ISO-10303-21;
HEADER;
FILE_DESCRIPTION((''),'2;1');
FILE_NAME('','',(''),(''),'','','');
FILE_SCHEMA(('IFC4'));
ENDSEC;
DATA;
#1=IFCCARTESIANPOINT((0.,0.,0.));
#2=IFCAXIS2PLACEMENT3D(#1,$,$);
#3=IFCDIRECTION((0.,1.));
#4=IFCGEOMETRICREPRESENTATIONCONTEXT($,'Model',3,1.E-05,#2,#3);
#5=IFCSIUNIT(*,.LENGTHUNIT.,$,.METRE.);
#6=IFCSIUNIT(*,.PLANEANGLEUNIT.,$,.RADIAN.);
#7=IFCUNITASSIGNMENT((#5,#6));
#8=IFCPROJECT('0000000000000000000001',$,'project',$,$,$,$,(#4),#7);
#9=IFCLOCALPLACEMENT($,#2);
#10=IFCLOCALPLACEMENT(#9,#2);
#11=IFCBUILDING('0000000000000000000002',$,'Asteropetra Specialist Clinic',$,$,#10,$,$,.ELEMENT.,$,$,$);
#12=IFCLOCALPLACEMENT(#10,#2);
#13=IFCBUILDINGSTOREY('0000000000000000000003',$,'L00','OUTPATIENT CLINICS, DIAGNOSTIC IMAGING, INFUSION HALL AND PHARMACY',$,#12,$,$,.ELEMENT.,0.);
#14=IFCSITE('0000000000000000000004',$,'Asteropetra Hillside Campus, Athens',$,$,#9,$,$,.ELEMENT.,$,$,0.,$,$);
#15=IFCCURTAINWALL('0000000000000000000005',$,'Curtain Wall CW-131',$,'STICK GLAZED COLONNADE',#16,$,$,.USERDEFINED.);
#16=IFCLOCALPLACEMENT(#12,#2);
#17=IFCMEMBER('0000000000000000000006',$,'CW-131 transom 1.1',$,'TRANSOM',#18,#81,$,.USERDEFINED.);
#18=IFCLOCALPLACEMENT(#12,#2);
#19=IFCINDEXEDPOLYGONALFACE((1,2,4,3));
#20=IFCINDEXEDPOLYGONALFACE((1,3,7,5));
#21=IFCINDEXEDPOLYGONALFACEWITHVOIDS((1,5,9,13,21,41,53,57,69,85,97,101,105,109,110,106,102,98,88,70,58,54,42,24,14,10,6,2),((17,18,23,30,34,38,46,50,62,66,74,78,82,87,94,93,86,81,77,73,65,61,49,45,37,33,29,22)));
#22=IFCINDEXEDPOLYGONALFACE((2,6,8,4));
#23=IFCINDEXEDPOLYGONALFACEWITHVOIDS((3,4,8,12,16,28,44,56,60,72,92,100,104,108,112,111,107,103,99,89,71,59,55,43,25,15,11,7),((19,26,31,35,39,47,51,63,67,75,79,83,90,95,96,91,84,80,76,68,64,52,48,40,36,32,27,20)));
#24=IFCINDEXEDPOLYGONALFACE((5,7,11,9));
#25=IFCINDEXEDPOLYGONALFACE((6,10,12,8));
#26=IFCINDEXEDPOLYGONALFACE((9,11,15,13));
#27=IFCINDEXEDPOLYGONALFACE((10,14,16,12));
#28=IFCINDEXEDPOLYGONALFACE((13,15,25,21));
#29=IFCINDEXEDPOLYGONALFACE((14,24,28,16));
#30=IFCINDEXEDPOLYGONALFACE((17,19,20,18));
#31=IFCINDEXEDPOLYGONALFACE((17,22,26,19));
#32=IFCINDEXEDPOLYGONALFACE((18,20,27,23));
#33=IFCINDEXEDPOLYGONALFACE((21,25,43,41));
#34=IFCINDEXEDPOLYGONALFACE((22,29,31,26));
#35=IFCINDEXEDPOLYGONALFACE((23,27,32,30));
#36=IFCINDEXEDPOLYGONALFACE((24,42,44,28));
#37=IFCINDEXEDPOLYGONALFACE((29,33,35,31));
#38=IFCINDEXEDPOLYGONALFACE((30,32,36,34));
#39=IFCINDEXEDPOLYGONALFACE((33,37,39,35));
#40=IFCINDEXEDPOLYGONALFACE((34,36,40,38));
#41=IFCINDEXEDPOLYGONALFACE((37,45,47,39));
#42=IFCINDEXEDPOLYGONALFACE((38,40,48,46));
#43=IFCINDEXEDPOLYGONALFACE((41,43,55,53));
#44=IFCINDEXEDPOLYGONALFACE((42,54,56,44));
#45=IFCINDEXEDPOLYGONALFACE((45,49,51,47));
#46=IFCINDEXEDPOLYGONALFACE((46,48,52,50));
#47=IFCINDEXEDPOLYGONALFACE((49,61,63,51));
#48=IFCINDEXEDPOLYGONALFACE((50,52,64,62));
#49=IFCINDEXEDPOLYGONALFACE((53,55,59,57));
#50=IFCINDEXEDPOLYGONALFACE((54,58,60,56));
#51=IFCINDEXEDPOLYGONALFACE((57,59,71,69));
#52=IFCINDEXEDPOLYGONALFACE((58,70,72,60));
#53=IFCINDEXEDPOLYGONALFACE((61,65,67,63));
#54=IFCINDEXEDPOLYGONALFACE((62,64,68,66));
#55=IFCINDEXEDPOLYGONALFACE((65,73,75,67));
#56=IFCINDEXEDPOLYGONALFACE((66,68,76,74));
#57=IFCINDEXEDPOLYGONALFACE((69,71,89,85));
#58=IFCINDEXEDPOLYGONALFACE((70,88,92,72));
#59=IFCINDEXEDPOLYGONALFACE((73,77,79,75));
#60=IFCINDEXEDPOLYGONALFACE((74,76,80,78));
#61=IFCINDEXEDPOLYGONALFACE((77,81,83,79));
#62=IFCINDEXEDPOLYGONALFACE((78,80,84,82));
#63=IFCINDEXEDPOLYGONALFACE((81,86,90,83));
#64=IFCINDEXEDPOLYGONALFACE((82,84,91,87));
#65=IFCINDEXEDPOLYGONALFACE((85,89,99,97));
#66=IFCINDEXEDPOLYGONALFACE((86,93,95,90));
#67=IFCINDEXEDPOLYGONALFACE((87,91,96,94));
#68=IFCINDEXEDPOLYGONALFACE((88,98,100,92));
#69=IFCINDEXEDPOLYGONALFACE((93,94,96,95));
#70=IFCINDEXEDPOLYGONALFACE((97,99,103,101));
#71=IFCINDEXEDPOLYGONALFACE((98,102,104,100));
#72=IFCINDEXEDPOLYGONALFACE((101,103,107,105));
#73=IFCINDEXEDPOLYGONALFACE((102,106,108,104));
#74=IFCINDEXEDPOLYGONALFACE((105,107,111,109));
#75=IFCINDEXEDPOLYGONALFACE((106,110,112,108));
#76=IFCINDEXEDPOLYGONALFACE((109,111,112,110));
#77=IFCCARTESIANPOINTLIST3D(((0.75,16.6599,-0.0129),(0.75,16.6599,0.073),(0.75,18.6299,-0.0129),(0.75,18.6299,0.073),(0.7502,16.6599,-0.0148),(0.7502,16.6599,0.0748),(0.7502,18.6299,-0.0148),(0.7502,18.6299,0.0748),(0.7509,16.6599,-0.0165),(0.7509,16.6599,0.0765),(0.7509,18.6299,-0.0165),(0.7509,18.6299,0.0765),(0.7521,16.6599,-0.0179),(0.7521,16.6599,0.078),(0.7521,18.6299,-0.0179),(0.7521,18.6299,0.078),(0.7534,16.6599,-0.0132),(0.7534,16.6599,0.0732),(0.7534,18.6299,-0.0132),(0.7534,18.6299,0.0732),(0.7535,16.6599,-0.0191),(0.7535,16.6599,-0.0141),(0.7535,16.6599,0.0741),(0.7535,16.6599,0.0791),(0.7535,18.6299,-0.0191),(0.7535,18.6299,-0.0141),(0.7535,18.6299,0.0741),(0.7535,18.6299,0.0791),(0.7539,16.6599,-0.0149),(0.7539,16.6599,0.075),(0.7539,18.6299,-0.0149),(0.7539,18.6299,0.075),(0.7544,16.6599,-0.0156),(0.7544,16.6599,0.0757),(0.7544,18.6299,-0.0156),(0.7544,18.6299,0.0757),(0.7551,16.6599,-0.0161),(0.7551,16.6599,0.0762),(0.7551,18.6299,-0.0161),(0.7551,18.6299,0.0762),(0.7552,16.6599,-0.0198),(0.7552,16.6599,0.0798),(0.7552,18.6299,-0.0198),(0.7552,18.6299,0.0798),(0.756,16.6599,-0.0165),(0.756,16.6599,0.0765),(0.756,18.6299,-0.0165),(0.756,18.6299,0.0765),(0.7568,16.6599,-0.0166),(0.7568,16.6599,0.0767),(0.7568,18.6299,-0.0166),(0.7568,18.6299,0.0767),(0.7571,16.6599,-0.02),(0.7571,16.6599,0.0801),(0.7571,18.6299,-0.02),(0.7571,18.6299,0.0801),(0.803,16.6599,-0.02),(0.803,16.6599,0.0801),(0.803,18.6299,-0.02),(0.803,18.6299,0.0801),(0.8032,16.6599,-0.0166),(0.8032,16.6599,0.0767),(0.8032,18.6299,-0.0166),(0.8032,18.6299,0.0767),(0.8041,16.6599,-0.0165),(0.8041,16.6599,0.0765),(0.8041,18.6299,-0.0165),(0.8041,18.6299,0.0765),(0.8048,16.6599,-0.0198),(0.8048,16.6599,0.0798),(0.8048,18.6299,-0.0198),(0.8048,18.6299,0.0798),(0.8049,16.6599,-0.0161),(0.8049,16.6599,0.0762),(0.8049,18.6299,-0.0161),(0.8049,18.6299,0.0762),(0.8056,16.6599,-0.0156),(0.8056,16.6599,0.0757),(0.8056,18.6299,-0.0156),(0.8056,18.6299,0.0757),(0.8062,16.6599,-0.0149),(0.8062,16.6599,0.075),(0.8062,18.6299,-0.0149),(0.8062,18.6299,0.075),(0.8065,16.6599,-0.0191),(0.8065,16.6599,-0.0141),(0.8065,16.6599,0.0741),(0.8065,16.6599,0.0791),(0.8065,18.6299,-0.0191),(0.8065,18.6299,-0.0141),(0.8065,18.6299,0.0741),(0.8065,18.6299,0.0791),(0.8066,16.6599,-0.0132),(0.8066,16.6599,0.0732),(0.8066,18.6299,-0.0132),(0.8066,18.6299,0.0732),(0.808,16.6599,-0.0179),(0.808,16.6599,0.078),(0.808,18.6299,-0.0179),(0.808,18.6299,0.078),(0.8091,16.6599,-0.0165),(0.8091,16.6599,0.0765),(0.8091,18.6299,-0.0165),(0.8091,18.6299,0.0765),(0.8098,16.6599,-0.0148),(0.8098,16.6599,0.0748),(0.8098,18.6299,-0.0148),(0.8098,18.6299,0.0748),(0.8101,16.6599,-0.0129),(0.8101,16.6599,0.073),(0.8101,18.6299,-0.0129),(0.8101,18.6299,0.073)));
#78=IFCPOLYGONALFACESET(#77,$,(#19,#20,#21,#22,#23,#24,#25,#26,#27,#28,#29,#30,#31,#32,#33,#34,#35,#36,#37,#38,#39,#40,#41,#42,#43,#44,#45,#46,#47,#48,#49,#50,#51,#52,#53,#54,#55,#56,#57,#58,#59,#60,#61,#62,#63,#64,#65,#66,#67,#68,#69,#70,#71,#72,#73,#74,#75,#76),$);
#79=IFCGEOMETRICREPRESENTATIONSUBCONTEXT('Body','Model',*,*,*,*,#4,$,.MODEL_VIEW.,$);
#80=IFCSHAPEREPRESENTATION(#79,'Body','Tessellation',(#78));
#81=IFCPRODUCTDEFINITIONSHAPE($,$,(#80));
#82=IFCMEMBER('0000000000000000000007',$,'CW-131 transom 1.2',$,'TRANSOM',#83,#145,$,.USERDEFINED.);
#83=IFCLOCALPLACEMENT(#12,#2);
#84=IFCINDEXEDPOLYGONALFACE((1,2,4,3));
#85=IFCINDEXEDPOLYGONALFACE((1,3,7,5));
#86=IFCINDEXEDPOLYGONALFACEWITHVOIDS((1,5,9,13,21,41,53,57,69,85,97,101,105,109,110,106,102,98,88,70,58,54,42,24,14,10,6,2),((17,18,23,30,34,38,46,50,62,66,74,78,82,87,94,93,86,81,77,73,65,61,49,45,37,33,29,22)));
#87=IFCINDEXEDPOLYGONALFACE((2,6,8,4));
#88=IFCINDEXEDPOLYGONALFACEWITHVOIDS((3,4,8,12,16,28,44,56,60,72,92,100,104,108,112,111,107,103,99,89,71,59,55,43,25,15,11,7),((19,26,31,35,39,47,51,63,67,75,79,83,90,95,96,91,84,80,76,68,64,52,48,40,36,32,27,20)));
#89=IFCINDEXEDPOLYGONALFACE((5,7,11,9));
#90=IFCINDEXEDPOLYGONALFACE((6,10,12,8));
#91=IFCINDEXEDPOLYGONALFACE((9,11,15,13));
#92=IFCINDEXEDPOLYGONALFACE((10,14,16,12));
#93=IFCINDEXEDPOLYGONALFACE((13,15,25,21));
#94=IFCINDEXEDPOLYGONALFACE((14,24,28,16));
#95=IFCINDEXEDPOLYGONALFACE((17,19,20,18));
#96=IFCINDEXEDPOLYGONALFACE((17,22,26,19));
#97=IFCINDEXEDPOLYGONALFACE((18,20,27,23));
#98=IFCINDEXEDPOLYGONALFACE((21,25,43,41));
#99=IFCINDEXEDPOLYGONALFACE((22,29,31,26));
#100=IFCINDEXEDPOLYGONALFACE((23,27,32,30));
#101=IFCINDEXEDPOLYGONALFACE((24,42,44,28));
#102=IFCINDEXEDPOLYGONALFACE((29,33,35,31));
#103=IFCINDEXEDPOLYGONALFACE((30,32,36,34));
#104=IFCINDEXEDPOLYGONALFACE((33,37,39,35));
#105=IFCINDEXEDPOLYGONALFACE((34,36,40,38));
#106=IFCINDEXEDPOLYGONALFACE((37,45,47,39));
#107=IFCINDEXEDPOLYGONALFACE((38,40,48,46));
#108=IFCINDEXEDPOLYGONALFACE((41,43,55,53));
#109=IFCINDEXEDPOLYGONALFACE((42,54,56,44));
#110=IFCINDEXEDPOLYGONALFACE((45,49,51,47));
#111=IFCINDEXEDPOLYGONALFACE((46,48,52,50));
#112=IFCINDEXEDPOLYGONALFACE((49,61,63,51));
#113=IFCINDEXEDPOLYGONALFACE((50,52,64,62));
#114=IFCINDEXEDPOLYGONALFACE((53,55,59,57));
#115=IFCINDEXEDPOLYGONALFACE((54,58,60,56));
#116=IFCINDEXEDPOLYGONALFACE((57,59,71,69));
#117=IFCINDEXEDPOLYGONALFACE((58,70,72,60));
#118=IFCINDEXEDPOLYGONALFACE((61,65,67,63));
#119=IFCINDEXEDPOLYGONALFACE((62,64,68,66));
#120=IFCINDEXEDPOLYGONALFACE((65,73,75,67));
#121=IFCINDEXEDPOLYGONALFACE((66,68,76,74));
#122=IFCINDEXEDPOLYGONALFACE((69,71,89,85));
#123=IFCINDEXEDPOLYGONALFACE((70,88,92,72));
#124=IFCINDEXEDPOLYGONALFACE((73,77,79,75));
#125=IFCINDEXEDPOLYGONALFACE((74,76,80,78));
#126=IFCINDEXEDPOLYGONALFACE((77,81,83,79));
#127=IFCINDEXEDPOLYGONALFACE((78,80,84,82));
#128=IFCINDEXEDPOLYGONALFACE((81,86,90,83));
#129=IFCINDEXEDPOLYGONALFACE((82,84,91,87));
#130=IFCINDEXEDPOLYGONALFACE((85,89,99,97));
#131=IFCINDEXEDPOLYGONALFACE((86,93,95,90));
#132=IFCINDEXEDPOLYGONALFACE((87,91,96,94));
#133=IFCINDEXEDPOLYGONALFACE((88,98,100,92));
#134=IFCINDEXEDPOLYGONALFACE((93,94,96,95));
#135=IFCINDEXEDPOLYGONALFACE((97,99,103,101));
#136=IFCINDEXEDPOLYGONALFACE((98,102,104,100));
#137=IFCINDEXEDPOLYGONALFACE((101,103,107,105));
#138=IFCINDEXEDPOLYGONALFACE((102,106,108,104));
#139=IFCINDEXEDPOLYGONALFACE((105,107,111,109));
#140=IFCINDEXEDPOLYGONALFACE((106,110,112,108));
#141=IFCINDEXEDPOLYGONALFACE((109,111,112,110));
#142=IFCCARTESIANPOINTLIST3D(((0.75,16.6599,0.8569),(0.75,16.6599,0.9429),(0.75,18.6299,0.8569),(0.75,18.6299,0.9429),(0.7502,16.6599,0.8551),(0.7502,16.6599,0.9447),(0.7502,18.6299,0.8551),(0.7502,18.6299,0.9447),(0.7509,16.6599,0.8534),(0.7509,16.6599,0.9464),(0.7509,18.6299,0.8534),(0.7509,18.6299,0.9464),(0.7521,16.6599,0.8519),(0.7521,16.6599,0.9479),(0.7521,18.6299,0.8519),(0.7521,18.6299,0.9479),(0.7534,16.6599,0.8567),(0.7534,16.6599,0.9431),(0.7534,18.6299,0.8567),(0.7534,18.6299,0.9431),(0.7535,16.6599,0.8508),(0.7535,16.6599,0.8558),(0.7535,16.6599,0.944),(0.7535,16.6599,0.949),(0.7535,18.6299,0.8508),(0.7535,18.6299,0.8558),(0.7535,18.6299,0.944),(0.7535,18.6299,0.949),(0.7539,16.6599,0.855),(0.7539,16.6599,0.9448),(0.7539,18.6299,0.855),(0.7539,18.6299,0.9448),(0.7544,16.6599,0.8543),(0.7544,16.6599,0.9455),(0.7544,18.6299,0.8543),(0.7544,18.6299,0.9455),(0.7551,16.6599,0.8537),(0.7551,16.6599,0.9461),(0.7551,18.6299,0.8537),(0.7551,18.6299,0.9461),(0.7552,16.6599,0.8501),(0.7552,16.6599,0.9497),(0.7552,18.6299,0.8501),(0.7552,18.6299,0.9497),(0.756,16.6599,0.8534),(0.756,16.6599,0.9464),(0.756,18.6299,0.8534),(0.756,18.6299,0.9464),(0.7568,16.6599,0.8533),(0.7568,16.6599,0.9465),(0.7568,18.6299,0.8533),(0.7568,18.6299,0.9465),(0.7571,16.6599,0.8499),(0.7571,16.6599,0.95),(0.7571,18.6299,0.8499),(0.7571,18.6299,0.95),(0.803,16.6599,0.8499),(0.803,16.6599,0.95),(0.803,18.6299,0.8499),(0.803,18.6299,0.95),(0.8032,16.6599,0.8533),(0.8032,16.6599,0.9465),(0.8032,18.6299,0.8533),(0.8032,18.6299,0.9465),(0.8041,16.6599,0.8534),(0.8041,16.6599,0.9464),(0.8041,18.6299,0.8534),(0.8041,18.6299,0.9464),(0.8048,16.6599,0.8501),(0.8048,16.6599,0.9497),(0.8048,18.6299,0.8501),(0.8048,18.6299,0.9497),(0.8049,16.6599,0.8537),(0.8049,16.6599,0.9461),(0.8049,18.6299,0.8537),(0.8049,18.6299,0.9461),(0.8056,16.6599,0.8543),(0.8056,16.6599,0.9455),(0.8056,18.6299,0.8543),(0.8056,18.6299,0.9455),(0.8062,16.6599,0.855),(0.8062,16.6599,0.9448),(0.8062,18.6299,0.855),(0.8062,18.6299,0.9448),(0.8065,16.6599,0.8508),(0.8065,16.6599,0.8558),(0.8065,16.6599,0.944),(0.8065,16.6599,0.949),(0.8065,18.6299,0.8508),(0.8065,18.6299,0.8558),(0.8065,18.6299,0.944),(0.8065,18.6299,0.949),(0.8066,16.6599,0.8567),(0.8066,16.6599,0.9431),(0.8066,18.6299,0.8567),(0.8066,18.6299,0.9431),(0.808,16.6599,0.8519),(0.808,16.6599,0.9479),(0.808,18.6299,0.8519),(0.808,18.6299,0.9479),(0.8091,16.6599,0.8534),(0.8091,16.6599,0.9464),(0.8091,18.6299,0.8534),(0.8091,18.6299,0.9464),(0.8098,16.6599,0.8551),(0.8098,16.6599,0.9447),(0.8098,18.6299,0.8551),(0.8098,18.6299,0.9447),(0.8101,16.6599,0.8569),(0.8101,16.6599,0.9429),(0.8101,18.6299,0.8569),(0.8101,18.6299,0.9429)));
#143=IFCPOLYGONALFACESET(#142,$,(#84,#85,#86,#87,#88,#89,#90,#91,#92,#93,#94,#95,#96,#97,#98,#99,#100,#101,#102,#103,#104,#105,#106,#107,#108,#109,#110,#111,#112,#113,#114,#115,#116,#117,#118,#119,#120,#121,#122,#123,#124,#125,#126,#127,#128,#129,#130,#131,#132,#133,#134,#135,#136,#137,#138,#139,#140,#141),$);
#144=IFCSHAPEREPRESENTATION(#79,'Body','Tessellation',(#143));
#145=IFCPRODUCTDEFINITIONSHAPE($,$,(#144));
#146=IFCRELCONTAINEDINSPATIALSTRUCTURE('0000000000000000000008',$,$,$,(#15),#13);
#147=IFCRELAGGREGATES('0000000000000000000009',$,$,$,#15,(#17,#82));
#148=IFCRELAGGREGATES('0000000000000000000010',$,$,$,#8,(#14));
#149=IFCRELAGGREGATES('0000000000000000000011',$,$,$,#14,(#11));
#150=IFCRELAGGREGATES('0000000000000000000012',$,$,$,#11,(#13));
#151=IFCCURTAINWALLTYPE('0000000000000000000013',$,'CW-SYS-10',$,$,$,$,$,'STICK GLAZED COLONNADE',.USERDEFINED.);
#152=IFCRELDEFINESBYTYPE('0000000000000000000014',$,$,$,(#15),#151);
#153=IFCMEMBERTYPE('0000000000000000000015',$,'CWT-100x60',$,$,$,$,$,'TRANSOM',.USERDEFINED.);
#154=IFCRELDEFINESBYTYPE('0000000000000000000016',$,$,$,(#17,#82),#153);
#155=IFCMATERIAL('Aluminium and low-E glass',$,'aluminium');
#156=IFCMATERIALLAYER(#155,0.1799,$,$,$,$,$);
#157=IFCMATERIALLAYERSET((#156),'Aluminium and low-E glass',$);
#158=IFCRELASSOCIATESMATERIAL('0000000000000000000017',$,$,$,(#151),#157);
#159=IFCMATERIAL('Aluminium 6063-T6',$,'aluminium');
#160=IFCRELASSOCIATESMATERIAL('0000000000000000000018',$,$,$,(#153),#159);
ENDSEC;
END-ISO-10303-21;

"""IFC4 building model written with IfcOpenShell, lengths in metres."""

from ifc_helpers import new_model, si_unit, direction, frame, origin, origin_2d, place, context, subcontext, project, spatial, hollow_rectangle, extrude, material, layer, layer_set, material_profile, profile_set, type_object, element, aggregate, save


model = new_model("IFC4")

# Units and contexts
model_context = context("Model", 3, precision=1e-05, world=origin(), true_north=direction((0.0, 1.0)))
body_context = subcontext(model_context, "Body", "Model", "MODEL_VIEW")
ifc_project = project(units=[si_unit("LENGTHUNIT", "METRE"), si_unit("PLANEANGLEUNIT", "RADIAN")], contexts=[model_context])

# Site, building, storey
site_placement = place(None, origin())
site = spatial("IfcSite", under=ifc_project, at=site_placement, Name="Asteropetra Hillside Campus, Athens", CompositionType="ELEMENT", RefElevation=0.0)
building_placement = place(site_placement, origin())
building = spatial("IfcBuilding", under=site, at=building_placement, Name="Asteropetra Specialist Clinic", CompositionType="ELEMENT")
storey_placement = place(building_placement, origin())
storey = spatial("IfcBuildingStorey", under=building, at=storey_placement, Name="L00", Description="OUTPATIENT CLINICS, DIAGNOSTIC IMAGING, INFUSION HALL AND PHARMACY", CompositionType="ELEMENT", Elevation=0.0)

# Curtain wall, members
ifc_material_1 = material(Name="Aluminium and low-E glass", Category="aluminium")
ifc_layer_1 = layer(ifc_material_1, 0.1799)
ifc_layer_set_1 = layer_set([ifc_layer_1], Name="Aluminium and low-E glass")
curtain_wall_type = type_object("IfcCurtainWallType", Name="CW-SYS-10", ElementType="STICK GLAZED COLONNADE", PredefinedType="USERDEFINED", material=ifc_layer_set_1)
curtain_wall_placement = place(storey_placement, origin())
curtain_wall = element("IfcCurtainWall", 1, at=curtain_wall_placement, inside=storey, type_object=curtain_wall_type, Name="Curtain Wall CW-131", ObjectType="STICK GLAZED COLONNADE", PredefinedType="USERDEFINED")
ifc_material_2 = material(Name="Aluminium 6063-T6", Category="aluminium")
ifc_material_profile_1 = material_profile(ifc_material_2, hollow_rectangle(XDim=0.0601, YDim=0.1001, WallThickness=0.0034, InnerFilletRadius=0.0034, OuterFilletRadius=0.0071, at=origin_2d()), Name="TRN 100x60x3.5")
ifc_profile_set_1 = profile_set([ifc_material_profile_1], Name="Aluminium 6063-T6")
member_type_1 = type_object("IfcMemberType", Name="CWT-100x60", ElementType="TRANSOM", PredefinedType="USERDEFINED", material=ifc_profile_set_1)
member_1_placement = place(storey_placement, frame((0.78, 18.6299, 0.03), z_axis=(0.0, -1.0, 0.0), x_axis=(1.0, 0.0, 0.0)))
member_1 = element("IfcMember", 2, at=member_1_placement, type_object=member_type_1, Name="CW-131 transom 1.1", ObjectType="TRANSOM", PredefinedType="USERDEFINED", context=body_context, shape_type="SweptSolid", body=[
    extrude(hollow_rectangle(XDim=0.0601, YDim=0.1001, WallThickness=0.0034, InnerFilletRadius=0.0034, OuterFilletRadius=0.0071, at=origin_2d()), origin(), (0.0, 0.0, 1.0), 1.97),
])
member_2_placement = place(storey_placement, frame((0.78, 18.6299, 0.8999), z_axis=(0.0, -1.0, 0.0), x_axis=(1.0, 0.0, 0.0)))
member_2 = element("IfcMember", 3, at=member_2_placement, type_object=member_type_1, Name="CW-131 transom 1.2", ObjectType="TRANSOM", PredefinedType="USERDEFINED", context=body_context, shape_type="SweptSolid", body=[
    extrude(hollow_rectangle(XDim=0.0601, YDim=0.1001, WallThickness=0.0034, InnerFilletRadius=0.0034, OuterFilletRadius=0.0071, at=origin_2d()), origin(), (0.0, 0.0, 1.0), 1.97),
])
aggregate(curtain_wall, [member_1, member_2])

save(model, "model.ifc")
